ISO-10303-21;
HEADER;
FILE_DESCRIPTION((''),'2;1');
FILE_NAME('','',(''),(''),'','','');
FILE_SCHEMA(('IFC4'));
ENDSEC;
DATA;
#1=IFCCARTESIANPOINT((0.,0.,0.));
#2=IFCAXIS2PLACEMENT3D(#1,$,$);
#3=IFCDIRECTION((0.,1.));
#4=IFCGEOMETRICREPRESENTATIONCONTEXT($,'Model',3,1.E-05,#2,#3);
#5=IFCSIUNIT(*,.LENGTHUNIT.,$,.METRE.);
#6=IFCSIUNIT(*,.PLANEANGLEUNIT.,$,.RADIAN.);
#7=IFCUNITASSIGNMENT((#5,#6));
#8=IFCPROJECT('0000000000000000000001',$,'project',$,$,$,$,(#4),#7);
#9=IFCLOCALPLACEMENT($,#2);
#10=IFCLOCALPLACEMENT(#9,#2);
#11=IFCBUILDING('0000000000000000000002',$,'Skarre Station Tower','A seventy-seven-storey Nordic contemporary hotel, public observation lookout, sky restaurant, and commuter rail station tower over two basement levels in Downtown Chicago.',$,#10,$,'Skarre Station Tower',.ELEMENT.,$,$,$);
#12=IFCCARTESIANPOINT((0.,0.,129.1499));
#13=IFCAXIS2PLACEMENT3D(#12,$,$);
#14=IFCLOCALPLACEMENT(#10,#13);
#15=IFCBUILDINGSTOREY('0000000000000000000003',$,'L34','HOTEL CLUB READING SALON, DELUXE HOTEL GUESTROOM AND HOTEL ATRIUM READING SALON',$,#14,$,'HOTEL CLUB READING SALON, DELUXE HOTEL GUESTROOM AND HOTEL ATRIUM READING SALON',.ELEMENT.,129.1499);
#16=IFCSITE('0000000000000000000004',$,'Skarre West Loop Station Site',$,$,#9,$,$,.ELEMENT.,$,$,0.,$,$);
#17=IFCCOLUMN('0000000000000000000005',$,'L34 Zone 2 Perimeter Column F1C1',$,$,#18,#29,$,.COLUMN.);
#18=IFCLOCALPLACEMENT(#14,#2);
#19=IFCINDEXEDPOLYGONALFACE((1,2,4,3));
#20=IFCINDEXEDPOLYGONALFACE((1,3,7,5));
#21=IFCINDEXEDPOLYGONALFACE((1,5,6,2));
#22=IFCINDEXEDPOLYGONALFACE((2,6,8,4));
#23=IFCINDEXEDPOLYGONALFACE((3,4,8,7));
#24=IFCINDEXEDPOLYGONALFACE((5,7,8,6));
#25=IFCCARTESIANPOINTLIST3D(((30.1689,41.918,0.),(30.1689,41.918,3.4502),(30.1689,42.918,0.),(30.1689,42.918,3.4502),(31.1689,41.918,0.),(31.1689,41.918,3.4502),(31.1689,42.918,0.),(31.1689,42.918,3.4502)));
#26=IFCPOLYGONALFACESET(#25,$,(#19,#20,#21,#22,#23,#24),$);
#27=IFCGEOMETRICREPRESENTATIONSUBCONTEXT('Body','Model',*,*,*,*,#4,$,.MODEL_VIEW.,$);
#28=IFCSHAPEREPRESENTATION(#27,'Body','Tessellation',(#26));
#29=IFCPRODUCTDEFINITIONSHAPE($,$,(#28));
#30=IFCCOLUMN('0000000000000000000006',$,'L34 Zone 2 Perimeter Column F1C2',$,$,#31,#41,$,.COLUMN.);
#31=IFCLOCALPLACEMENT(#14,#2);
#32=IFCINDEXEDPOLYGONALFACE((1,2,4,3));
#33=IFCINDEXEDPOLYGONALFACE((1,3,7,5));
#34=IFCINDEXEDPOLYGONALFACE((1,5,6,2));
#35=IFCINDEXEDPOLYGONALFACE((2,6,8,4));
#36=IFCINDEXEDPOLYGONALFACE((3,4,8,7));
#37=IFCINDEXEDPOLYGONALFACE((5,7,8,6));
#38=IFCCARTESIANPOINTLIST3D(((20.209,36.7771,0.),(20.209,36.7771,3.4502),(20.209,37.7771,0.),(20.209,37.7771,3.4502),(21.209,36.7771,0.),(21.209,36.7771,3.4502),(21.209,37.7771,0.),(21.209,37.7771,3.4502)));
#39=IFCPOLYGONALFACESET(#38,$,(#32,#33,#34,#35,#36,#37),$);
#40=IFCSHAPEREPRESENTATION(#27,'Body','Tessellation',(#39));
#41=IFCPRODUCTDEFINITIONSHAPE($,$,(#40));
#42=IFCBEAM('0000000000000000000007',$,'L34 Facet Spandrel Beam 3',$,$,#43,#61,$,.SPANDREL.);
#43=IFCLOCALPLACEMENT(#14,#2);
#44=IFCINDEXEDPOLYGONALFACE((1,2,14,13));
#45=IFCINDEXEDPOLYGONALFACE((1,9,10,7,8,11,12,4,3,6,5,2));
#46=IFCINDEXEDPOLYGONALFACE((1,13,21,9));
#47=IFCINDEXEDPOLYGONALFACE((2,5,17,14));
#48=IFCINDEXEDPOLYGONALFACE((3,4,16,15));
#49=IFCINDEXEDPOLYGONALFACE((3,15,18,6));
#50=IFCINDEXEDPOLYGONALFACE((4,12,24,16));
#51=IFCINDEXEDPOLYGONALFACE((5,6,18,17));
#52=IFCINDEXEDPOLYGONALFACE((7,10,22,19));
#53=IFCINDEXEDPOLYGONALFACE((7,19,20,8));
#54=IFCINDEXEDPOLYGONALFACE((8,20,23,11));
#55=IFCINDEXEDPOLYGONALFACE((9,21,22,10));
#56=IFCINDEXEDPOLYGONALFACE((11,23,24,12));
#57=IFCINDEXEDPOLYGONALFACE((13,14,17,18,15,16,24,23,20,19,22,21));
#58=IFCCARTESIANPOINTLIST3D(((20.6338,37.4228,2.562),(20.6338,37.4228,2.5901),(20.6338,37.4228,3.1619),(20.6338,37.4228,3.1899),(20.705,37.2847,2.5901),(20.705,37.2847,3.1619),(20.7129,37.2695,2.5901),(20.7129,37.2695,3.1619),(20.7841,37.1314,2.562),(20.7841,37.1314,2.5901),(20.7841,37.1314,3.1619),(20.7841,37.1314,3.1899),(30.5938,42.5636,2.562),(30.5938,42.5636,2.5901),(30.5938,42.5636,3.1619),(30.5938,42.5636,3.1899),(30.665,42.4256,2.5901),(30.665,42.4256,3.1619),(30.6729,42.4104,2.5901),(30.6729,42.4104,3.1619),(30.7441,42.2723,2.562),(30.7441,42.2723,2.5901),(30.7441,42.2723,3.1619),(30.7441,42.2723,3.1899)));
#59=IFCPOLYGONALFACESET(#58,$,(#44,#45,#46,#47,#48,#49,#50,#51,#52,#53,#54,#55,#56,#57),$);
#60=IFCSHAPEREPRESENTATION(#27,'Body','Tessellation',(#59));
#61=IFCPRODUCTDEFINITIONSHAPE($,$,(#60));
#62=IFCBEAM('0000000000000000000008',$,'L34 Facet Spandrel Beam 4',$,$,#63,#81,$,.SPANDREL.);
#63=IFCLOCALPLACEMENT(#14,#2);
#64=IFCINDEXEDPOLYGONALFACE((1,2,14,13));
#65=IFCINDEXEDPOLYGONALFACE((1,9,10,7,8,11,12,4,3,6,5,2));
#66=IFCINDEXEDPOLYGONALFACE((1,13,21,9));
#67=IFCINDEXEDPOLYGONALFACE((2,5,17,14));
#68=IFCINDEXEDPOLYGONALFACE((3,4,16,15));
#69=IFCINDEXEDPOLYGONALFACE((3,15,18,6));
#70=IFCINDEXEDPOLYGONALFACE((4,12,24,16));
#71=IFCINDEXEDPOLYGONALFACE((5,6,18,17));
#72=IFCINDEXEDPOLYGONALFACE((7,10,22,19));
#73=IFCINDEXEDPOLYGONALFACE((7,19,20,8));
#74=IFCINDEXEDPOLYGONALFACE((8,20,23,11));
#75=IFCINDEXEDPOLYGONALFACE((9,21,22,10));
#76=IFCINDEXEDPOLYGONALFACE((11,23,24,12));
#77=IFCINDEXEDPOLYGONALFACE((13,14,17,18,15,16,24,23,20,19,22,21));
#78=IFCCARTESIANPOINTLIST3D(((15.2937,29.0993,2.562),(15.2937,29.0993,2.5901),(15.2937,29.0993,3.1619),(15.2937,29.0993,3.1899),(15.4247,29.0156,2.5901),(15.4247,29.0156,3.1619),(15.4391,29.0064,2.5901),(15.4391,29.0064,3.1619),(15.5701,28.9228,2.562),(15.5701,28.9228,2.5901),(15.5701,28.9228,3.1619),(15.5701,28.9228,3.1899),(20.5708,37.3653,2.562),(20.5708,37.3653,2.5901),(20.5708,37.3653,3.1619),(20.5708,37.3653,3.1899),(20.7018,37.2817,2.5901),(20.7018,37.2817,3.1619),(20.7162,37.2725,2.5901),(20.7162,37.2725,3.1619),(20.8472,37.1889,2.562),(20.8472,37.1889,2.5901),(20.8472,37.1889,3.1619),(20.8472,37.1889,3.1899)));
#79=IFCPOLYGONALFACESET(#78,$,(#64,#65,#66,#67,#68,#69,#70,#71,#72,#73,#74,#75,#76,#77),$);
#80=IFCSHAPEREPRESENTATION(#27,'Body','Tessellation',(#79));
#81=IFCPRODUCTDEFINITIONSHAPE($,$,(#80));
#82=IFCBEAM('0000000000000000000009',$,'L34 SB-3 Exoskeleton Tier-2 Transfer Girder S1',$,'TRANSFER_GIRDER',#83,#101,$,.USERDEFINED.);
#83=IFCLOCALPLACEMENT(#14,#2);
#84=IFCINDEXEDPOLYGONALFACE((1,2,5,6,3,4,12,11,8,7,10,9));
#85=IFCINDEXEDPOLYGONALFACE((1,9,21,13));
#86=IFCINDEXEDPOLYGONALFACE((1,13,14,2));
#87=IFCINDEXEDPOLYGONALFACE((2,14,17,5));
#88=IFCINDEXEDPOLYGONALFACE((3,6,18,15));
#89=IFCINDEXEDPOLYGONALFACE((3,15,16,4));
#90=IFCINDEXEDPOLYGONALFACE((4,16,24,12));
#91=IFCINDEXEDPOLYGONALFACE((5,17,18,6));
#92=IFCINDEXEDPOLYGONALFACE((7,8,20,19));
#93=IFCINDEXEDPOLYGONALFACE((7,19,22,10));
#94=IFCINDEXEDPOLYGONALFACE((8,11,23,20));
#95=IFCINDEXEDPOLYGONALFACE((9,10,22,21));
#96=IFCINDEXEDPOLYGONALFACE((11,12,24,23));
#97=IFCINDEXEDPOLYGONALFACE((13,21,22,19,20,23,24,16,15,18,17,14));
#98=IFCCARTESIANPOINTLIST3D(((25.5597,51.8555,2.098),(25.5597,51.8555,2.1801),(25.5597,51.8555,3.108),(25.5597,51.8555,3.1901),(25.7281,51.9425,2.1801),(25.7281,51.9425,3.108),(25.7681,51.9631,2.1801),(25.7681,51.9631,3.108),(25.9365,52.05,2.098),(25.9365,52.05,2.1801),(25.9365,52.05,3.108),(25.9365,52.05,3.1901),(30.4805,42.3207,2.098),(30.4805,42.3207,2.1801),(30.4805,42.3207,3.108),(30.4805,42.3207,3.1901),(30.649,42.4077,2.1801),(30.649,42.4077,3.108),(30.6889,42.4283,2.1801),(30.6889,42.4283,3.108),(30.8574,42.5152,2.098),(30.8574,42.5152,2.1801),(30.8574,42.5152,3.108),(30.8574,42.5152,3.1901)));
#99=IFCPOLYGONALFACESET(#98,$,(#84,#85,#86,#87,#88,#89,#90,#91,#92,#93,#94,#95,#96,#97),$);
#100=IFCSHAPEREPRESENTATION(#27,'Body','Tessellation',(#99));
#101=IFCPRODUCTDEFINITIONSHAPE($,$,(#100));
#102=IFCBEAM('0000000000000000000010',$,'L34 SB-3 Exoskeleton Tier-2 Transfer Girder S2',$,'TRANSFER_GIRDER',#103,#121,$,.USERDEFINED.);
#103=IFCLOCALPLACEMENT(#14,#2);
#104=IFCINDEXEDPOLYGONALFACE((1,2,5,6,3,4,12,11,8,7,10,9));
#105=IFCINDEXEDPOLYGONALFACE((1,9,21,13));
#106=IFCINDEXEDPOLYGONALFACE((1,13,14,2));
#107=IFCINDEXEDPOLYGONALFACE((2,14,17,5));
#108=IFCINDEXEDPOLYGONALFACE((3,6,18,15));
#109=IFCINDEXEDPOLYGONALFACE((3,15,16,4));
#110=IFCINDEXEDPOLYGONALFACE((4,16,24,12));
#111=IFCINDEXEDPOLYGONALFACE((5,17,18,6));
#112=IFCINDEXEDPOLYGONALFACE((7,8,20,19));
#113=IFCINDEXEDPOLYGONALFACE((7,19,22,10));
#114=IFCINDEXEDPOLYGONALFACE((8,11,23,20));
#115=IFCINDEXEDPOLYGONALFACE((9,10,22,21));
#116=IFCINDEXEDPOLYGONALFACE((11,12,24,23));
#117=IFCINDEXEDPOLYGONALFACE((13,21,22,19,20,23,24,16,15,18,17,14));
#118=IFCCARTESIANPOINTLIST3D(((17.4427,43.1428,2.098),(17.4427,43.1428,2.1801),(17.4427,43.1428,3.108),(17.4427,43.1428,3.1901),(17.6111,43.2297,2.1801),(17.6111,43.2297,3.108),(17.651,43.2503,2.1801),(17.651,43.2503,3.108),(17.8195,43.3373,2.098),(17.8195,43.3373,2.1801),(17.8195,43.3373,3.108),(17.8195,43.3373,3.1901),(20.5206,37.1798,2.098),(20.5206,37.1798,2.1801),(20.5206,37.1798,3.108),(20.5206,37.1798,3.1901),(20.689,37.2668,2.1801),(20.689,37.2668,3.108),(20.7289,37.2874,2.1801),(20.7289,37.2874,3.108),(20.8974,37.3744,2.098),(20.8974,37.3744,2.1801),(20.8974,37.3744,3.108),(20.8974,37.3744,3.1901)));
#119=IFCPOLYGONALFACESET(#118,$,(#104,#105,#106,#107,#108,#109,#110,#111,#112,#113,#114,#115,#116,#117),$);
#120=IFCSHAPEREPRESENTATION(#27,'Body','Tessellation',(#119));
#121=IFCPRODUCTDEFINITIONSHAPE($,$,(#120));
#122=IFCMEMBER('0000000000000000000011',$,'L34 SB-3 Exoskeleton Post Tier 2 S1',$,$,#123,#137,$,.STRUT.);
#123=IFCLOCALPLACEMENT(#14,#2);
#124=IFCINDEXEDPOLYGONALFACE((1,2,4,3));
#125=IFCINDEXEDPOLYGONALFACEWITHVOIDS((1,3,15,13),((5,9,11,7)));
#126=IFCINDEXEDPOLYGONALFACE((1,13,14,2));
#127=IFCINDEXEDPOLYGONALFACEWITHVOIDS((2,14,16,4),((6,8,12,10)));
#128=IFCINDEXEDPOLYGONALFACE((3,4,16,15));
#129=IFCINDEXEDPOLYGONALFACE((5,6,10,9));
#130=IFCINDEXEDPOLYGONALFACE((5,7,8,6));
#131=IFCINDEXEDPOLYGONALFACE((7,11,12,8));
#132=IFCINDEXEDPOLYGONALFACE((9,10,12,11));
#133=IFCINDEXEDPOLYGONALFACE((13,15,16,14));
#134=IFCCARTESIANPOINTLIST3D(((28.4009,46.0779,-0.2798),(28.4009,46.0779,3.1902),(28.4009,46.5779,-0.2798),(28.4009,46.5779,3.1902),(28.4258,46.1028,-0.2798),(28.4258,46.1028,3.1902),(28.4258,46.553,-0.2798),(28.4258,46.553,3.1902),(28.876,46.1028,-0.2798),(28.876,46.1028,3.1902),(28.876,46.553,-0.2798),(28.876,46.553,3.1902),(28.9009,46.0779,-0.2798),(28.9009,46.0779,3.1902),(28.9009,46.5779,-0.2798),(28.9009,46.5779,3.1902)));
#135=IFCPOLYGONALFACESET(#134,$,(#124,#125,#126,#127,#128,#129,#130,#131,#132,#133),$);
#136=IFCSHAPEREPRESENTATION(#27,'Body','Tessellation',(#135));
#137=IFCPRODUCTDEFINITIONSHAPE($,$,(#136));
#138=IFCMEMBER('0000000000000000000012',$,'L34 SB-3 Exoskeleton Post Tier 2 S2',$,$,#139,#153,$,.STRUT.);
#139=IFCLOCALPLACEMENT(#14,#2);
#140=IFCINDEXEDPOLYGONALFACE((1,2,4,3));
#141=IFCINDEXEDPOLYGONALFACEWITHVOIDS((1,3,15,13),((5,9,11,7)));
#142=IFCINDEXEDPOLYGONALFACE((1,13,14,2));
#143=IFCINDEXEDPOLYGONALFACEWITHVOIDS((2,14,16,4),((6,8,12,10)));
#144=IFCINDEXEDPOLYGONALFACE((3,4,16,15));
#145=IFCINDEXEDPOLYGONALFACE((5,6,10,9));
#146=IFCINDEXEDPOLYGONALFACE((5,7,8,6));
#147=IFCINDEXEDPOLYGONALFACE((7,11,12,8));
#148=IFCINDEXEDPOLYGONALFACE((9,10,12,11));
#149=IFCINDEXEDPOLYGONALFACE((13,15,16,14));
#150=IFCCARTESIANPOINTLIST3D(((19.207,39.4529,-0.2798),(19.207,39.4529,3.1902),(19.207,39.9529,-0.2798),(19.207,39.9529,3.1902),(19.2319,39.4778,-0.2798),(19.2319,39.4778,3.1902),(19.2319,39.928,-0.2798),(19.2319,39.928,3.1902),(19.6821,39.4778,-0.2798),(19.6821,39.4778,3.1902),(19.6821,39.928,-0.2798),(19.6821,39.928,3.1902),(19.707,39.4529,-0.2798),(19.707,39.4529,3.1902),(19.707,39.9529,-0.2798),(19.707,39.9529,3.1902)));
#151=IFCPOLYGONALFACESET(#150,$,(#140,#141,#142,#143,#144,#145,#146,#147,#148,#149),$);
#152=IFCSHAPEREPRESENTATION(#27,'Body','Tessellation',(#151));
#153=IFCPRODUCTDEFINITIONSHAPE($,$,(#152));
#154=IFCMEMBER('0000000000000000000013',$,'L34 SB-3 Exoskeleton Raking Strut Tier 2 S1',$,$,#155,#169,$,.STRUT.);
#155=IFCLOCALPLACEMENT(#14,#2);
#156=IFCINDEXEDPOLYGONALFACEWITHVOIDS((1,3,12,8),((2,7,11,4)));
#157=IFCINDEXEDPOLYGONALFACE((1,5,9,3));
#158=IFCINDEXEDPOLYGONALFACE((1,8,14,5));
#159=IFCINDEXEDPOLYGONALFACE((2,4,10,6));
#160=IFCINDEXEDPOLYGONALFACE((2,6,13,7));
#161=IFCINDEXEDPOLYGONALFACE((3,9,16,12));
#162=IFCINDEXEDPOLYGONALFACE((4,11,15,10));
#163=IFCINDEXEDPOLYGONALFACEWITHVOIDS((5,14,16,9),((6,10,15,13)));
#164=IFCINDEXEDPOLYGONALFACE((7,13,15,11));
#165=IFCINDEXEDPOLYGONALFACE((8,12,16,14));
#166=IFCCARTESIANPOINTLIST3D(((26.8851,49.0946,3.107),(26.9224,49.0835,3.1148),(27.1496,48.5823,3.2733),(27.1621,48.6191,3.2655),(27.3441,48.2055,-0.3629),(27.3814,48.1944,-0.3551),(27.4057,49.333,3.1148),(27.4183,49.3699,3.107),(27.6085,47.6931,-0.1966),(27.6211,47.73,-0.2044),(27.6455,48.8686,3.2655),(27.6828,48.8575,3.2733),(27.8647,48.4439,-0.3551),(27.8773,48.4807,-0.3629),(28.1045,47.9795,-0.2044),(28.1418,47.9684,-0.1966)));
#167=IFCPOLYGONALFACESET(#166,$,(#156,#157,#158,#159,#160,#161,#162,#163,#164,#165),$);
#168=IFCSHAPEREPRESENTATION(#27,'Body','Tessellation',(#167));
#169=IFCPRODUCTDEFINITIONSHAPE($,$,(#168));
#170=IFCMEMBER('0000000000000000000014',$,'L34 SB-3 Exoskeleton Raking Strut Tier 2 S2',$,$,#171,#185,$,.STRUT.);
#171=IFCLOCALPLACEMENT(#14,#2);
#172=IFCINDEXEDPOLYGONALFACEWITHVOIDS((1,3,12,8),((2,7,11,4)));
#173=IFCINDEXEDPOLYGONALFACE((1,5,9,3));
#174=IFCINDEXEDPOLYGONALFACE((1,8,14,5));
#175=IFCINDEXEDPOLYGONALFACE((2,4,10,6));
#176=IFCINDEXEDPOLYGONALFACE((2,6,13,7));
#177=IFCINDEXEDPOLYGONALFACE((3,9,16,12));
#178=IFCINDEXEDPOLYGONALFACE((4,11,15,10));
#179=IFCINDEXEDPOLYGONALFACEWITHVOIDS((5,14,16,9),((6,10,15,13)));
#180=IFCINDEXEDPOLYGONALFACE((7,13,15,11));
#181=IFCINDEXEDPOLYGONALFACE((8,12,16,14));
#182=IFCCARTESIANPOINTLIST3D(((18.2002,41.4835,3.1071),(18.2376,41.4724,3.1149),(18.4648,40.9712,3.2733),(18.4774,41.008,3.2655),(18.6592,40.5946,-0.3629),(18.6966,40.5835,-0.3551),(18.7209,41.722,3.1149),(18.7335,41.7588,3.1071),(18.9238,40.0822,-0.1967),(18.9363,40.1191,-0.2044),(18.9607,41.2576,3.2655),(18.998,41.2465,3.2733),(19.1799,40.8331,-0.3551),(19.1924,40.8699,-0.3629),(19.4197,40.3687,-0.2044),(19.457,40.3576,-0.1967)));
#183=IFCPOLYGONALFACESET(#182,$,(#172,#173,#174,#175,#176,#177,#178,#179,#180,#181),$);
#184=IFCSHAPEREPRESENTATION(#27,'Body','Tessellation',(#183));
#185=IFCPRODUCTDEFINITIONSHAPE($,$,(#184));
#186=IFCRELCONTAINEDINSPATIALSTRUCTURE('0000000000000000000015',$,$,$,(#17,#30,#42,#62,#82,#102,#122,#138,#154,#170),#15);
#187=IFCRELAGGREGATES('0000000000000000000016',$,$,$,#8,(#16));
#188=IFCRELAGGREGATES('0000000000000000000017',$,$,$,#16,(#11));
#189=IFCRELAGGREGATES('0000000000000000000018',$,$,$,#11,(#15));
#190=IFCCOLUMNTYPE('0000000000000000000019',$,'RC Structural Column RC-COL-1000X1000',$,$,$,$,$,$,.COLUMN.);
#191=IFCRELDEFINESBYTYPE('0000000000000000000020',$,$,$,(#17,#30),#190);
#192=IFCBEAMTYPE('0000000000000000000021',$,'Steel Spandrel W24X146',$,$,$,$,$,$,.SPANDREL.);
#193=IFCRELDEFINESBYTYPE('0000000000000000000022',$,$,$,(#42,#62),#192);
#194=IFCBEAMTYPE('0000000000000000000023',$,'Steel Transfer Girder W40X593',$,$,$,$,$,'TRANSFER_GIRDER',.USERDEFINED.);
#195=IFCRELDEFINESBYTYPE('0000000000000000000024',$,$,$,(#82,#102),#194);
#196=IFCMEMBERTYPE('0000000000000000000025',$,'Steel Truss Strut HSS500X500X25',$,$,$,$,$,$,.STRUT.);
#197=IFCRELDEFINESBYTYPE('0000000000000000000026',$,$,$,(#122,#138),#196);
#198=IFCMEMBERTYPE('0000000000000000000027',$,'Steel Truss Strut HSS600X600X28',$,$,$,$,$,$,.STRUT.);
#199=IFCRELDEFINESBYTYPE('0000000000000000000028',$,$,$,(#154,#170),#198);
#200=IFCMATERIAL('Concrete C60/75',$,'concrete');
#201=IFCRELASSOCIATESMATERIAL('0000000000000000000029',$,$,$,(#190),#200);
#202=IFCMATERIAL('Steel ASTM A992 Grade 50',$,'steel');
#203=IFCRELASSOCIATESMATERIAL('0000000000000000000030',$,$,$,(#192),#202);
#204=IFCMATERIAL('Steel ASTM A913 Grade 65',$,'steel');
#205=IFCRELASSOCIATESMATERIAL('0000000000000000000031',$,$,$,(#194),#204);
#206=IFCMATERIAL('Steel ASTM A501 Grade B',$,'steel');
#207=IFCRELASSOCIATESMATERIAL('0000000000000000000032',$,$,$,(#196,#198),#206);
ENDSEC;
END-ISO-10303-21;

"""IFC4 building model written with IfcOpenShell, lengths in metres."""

from ifc_helpers import new_model, si_unit, direction, frame, origin, origin_2d, place, context, subcontext, project, spatial, rectangle, hollow_rectangle, i_section, extrude, material, material_profile, profile_set, type_object, element, save


model = new_model("IFC4")

# Units and contexts
model_context = context("Model", 3, precision=1e-05, world=origin(), true_north=direction((0.0, 1.0)))
body_context = subcontext(model_context, "Body", "Model", "MODEL_VIEW")
ifc_project = project(units=[si_unit("LENGTHUNIT", "METRE"), si_unit("PLANEANGLEUNIT", "RADIAN")], contexts=[model_context])

# Site, building, storey
site_placement = place(None, origin())
site = spatial("IfcSite", under=ifc_project, at=site_placement, Name="Skarre West Loop Station Site", CompositionType="ELEMENT", RefElevation=0.0)
building_placement = place(site_placement, origin())
building = spatial("IfcBuilding", under=site, at=building_placement, Name="Skarre Station Tower", Description="A seventy-seven-storey Nordic contemporary hotel, public observation lookout, sky restaurant, and commuter rail station tower over two basement levels in Downtown Chicago.", LongName="Skarre Station Tower", CompositionType="ELEMENT")
storey_placement = place(building_placement, frame((0.0, 0.0, 129.1499)))
storey = spatial("IfcBuildingStorey", under=building, at=storey_placement, Name="L34", Description="HOTEL CLUB READING SALON, DELUXE HOTEL GUESTROOM AND HOTEL ATRIUM READING SALON", LongName="HOTEL CLUB READING SALON, DELUXE HOTEL GUESTROOM AND HOTEL ATRIUM READING SALON", CompositionType="ELEMENT", Elevation=129.1499)

# Columns
ifc_material_1 = material(Name="Concrete C60/75", Category="concrete")
ifc_material_profile_1 = material_profile(ifc_material_1, rectangle(XDim=1.0, YDim=1.0, at=origin_2d()), Name="Concrete C60/75")
ifc_profile_set_1 = profile_set([ifc_material_profile_1], Name="Concrete C60/75")
column_type = type_object("IfcColumnType", Name="RC Structural Column RC-COL-1000X1000", PredefinedType="COLUMN", material=ifc_profile_set_1)
for number, where, z_axis, x_axis, name in (
    (1, (30.6689, 42.418, 0.0), (0.0, 0.0, 1.0), (1.0, 0.0, 0.0), "L34 Zone 2 Perimeter Column F1C1"),
    (2, (20.709, 37.2771, 0.0), (0.0, 0.0, 1.0), (1.0, 0.0, 0.0), "L34 Zone 2 Perimeter Column F1C2"),
):
    element("IfcColumn", number, at=place(storey_placement, frame(where, z_axis=z_axis, x_axis=x_axis)), inside=storey, type_object=column_type, Name=name, PredefinedType="COLUMN", context=body_context, shape_type="SweptSolid", body=[
        extrude(rectangle(XDim=1.0, YDim=1.0, at=origin_2d()), origin(), (0.0, 0.0, 1.0), 3.4502),
    ])

# Beams
ifc_material_2 = material(Name="Steel ASTM A992 Grade 50", Category="steel")
ifc_material_profile_2 = material_profile(ifc_material_2, i_section(OverallWidth=0.3279, OverallDepth=0.6279, WebThickness=0.0171, FlangeThickness=0.0281, at=origin_2d()), Name="Steel ASTM A992 Grade 50")
ifc_profile_set_2 = profile_set([ifc_material_profile_2], Name="Steel ASTM A992 Grade 50")
beam_type_1 = type_object("IfcBeamType", Name="Steel Spandrel W24X146", PredefinedType="SPANDREL", material=ifc_profile_set_2)
beam_1_placement = place(storey_placement, frame((30.6689, 42.418, 2.876), z_axis=(-0.888612, -0.45866, 0.0), x_axis=(0.45866, -0.888612, 0.0)))
element("IfcBeam", 3, at=beam_1_placement, inside=storey, type_object=beam_type_1, Name="L34 Facet Spandrel Beam 3", PredefinedType="SPANDREL", context=body_context, shape_type="SweptSolid", body=[
    extrude(i_section(OverallWidth=0.3279, OverallDepth=0.6279, WebThickness=0.0171, FlangeThickness=0.0281, at=origin_2d()), origin(), (0.0, 0.0, 1.0), 11.2085),
])
beam_2_placement = place(storey_placement, frame((20.709, 37.2771, 2.876), z_axis=(-0.538098, -0.842883, 0.0), x_axis=(0.842883, -0.538098, 0.0)))
element("IfcBeam", 4, at=beam_2_placement, inside=storey, type_object=beam_type_1, Name="L34 Facet Spandrel Beam 4", PredefinedType="SPANDREL", context=body_context, shape_type="SweptSolid", body=[
    extrude(i_section(OverallWidth=0.3279, OverallDepth=0.6279, WebThickness=0.0171, FlangeThickness=0.0281, at=origin_2d()), origin(), (0.0, 0.0, 1.0), 9.8069),
])
ifc_material_3 = material(Name="Steel ASTM A913 Grade 65", Category="steel")
ifc_material_profile_3 = material_profile(ifc_material_3, i_section(OverallWidth=0.4241, OverallDepth=1.092, WebThickness=0.0449, FlangeThickness=0.082, at=origin_2d()), Name="Steel ASTM A913 Grade 65")
ifc_profile_set_3 = profile_set([ifc_material_profile_3], Name="Steel ASTM A913 Grade 65")
beam_type_2 = type_object("IfcBeamType", Name="Steel Transfer Girder W40X593", ElementType="TRANSFER_GIRDER", PredefinedType="USERDEFINED", material=ifc_profile_set_3)
beam_3_placement = place(storey_placement, frame((30.6689, 42.418, 2.644), z_axis=(-0.458617, 0.888634, 0.0), x_axis=(-0.888634, -0.458617, 0.0)))
element("IfcBeam", 5, at=beam_3_placement, inside=storey, type_object=beam_type_2, Name="L34 SB-3 Exoskeleton Tier-2 Transfer Girder S1", ObjectType="TRANSFER_GIRDER", PredefinedType="USERDEFINED", context=body_context, shape_type="SweptSolid", body=[
    extrude(i_section(OverallWidth=0.4241, OverallDepth=1.092, WebThickness=0.0449, FlangeThickness=0.082, at=origin_2d()), origin(), (0.0, 0.0, 1.0), 10.7297),
])
beam_4_placement = place(storey_placement, frame((20.709, 37.2771, 2.644), z_axis=(-0.458674, 0.888605, 0.0), x_axis=(-0.888605, -0.458674, 0.0)))
element("IfcBeam", 6, at=beam_4_placement, inside=storey, type_object=beam_type_2, Name="L34 SB-3 Exoskeleton Tier-2 Transfer Girder S2", ObjectType="TRANSFER_GIRDER", PredefinedType="USERDEFINED", context=body_context, shape_type="SweptSolid", body=[
    extrude(i_section(OverallWidth=0.4241, OverallDepth=1.092, WebThickness=0.0449, FlangeThickness=0.082, at=origin_2d()), origin(), (0.0, 0.0, 1.0), 6.7104),
])

# Members
ifc_material_4 = material(Name="Steel ASTM A501 Grade B", Category="steel")
ifc_material_profile_4 = material_profile(ifc_material_4, hollow_rectangle(XDim=0.5, YDim=0.5, WallThickness=0.0249, at=origin_2d()), Name="Steel ASTM A501 Grade B")
ifc_profile_set_4 = profile_set([ifc_material_profile_4], Name="Steel ASTM A501 Grade B")
member_type_1 = type_object("IfcMemberType", Name="Steel Truss Strut HSS500X500X25", PredefinedType="STRUT", material=ifc_profile_set_4)
for number, where, z_axis, x_axis, name in (
    (7, (28.6509, 46.3279, -0.2798), (0.0, 0.0, 1.0), (1.0, 0.0, 0.0), "L34 SB-3 Exoskeleton Post Tier 2 S1"),
    (8, (19.457, 39.7029, -0.2798), (0.0, 0.0, 1.0), (1.0, 0.0, 0.0), "L34 SB-3 Exoskeleton Post Tier 2 S2"),
):
    element("IfcMember", number, at=place(storey_placement, frame(where, z_axis=z_axis, x_axis=x_axis)), inside=storey, type_object=member_type_1, Name=name, PredefinedType="STRUT", context=body_context, shape_type="SweptSolid", body=[
        extrude(hollow_rectangle(XDim=0.5, YDim=0.5, WallThickness=0.0249, at=origin_2d()), origin(), (0.0, 0.0, 1.0), 3.47),
    ])
ifc_material_profile_5 = material_profile(ifc_material_4, hollow_rectangle(XDim=0.6001, YDim=0.6001, WallThickness=0.0281, at=origin_2d()), Name="Steel ASTM A501 Grade B")
ifc_profile_set_5 = profile_set([ifc_material_profile_5], Name="Steel ASTM A501 Grade B")
member_type_2 = type_object("IfcMemberType", Name="Steel Truss Strut HSS600X600X28", PredefinedType="STRUT", material=ifc_profile_set_5)
for number, where, z_axis, x_axis, name in (
    (9, (27.7429, 48.0869, -0.2798), (-0.127094, 0.246212, 0.960847), (-0.888595, -0.458693, 0.0), "L34 SB-3 Exoskeleton Raking Strut Tier 2 S1"),
    (10, (19.0581, 40.4761, -0.2798), (-0.127096, 0.246148, 0.960863), (-0.888544, -0.458792, 0.0), "L34 SB-3 Exoskeleton Raking Strut Tier 2 S2"),
):
    element("IfcMember", number, at=place(storey_placement, frame(where, z_axis=z_axis, x_axis=x_axis)), inside=storey, type_object=member_type_2, Name=name, PredefinedType="STRUT", context=body_context, shape_type="SweptSolid", body=[
        extrude(hollow_rectangle(XDim=0.6001, YDim=0.6001, WallThickness=0.0281, at=origin_2d()), origin(), (0.0, 0.0, 1.0), 3.6113),
    ])

save(model, "model.ifc")
